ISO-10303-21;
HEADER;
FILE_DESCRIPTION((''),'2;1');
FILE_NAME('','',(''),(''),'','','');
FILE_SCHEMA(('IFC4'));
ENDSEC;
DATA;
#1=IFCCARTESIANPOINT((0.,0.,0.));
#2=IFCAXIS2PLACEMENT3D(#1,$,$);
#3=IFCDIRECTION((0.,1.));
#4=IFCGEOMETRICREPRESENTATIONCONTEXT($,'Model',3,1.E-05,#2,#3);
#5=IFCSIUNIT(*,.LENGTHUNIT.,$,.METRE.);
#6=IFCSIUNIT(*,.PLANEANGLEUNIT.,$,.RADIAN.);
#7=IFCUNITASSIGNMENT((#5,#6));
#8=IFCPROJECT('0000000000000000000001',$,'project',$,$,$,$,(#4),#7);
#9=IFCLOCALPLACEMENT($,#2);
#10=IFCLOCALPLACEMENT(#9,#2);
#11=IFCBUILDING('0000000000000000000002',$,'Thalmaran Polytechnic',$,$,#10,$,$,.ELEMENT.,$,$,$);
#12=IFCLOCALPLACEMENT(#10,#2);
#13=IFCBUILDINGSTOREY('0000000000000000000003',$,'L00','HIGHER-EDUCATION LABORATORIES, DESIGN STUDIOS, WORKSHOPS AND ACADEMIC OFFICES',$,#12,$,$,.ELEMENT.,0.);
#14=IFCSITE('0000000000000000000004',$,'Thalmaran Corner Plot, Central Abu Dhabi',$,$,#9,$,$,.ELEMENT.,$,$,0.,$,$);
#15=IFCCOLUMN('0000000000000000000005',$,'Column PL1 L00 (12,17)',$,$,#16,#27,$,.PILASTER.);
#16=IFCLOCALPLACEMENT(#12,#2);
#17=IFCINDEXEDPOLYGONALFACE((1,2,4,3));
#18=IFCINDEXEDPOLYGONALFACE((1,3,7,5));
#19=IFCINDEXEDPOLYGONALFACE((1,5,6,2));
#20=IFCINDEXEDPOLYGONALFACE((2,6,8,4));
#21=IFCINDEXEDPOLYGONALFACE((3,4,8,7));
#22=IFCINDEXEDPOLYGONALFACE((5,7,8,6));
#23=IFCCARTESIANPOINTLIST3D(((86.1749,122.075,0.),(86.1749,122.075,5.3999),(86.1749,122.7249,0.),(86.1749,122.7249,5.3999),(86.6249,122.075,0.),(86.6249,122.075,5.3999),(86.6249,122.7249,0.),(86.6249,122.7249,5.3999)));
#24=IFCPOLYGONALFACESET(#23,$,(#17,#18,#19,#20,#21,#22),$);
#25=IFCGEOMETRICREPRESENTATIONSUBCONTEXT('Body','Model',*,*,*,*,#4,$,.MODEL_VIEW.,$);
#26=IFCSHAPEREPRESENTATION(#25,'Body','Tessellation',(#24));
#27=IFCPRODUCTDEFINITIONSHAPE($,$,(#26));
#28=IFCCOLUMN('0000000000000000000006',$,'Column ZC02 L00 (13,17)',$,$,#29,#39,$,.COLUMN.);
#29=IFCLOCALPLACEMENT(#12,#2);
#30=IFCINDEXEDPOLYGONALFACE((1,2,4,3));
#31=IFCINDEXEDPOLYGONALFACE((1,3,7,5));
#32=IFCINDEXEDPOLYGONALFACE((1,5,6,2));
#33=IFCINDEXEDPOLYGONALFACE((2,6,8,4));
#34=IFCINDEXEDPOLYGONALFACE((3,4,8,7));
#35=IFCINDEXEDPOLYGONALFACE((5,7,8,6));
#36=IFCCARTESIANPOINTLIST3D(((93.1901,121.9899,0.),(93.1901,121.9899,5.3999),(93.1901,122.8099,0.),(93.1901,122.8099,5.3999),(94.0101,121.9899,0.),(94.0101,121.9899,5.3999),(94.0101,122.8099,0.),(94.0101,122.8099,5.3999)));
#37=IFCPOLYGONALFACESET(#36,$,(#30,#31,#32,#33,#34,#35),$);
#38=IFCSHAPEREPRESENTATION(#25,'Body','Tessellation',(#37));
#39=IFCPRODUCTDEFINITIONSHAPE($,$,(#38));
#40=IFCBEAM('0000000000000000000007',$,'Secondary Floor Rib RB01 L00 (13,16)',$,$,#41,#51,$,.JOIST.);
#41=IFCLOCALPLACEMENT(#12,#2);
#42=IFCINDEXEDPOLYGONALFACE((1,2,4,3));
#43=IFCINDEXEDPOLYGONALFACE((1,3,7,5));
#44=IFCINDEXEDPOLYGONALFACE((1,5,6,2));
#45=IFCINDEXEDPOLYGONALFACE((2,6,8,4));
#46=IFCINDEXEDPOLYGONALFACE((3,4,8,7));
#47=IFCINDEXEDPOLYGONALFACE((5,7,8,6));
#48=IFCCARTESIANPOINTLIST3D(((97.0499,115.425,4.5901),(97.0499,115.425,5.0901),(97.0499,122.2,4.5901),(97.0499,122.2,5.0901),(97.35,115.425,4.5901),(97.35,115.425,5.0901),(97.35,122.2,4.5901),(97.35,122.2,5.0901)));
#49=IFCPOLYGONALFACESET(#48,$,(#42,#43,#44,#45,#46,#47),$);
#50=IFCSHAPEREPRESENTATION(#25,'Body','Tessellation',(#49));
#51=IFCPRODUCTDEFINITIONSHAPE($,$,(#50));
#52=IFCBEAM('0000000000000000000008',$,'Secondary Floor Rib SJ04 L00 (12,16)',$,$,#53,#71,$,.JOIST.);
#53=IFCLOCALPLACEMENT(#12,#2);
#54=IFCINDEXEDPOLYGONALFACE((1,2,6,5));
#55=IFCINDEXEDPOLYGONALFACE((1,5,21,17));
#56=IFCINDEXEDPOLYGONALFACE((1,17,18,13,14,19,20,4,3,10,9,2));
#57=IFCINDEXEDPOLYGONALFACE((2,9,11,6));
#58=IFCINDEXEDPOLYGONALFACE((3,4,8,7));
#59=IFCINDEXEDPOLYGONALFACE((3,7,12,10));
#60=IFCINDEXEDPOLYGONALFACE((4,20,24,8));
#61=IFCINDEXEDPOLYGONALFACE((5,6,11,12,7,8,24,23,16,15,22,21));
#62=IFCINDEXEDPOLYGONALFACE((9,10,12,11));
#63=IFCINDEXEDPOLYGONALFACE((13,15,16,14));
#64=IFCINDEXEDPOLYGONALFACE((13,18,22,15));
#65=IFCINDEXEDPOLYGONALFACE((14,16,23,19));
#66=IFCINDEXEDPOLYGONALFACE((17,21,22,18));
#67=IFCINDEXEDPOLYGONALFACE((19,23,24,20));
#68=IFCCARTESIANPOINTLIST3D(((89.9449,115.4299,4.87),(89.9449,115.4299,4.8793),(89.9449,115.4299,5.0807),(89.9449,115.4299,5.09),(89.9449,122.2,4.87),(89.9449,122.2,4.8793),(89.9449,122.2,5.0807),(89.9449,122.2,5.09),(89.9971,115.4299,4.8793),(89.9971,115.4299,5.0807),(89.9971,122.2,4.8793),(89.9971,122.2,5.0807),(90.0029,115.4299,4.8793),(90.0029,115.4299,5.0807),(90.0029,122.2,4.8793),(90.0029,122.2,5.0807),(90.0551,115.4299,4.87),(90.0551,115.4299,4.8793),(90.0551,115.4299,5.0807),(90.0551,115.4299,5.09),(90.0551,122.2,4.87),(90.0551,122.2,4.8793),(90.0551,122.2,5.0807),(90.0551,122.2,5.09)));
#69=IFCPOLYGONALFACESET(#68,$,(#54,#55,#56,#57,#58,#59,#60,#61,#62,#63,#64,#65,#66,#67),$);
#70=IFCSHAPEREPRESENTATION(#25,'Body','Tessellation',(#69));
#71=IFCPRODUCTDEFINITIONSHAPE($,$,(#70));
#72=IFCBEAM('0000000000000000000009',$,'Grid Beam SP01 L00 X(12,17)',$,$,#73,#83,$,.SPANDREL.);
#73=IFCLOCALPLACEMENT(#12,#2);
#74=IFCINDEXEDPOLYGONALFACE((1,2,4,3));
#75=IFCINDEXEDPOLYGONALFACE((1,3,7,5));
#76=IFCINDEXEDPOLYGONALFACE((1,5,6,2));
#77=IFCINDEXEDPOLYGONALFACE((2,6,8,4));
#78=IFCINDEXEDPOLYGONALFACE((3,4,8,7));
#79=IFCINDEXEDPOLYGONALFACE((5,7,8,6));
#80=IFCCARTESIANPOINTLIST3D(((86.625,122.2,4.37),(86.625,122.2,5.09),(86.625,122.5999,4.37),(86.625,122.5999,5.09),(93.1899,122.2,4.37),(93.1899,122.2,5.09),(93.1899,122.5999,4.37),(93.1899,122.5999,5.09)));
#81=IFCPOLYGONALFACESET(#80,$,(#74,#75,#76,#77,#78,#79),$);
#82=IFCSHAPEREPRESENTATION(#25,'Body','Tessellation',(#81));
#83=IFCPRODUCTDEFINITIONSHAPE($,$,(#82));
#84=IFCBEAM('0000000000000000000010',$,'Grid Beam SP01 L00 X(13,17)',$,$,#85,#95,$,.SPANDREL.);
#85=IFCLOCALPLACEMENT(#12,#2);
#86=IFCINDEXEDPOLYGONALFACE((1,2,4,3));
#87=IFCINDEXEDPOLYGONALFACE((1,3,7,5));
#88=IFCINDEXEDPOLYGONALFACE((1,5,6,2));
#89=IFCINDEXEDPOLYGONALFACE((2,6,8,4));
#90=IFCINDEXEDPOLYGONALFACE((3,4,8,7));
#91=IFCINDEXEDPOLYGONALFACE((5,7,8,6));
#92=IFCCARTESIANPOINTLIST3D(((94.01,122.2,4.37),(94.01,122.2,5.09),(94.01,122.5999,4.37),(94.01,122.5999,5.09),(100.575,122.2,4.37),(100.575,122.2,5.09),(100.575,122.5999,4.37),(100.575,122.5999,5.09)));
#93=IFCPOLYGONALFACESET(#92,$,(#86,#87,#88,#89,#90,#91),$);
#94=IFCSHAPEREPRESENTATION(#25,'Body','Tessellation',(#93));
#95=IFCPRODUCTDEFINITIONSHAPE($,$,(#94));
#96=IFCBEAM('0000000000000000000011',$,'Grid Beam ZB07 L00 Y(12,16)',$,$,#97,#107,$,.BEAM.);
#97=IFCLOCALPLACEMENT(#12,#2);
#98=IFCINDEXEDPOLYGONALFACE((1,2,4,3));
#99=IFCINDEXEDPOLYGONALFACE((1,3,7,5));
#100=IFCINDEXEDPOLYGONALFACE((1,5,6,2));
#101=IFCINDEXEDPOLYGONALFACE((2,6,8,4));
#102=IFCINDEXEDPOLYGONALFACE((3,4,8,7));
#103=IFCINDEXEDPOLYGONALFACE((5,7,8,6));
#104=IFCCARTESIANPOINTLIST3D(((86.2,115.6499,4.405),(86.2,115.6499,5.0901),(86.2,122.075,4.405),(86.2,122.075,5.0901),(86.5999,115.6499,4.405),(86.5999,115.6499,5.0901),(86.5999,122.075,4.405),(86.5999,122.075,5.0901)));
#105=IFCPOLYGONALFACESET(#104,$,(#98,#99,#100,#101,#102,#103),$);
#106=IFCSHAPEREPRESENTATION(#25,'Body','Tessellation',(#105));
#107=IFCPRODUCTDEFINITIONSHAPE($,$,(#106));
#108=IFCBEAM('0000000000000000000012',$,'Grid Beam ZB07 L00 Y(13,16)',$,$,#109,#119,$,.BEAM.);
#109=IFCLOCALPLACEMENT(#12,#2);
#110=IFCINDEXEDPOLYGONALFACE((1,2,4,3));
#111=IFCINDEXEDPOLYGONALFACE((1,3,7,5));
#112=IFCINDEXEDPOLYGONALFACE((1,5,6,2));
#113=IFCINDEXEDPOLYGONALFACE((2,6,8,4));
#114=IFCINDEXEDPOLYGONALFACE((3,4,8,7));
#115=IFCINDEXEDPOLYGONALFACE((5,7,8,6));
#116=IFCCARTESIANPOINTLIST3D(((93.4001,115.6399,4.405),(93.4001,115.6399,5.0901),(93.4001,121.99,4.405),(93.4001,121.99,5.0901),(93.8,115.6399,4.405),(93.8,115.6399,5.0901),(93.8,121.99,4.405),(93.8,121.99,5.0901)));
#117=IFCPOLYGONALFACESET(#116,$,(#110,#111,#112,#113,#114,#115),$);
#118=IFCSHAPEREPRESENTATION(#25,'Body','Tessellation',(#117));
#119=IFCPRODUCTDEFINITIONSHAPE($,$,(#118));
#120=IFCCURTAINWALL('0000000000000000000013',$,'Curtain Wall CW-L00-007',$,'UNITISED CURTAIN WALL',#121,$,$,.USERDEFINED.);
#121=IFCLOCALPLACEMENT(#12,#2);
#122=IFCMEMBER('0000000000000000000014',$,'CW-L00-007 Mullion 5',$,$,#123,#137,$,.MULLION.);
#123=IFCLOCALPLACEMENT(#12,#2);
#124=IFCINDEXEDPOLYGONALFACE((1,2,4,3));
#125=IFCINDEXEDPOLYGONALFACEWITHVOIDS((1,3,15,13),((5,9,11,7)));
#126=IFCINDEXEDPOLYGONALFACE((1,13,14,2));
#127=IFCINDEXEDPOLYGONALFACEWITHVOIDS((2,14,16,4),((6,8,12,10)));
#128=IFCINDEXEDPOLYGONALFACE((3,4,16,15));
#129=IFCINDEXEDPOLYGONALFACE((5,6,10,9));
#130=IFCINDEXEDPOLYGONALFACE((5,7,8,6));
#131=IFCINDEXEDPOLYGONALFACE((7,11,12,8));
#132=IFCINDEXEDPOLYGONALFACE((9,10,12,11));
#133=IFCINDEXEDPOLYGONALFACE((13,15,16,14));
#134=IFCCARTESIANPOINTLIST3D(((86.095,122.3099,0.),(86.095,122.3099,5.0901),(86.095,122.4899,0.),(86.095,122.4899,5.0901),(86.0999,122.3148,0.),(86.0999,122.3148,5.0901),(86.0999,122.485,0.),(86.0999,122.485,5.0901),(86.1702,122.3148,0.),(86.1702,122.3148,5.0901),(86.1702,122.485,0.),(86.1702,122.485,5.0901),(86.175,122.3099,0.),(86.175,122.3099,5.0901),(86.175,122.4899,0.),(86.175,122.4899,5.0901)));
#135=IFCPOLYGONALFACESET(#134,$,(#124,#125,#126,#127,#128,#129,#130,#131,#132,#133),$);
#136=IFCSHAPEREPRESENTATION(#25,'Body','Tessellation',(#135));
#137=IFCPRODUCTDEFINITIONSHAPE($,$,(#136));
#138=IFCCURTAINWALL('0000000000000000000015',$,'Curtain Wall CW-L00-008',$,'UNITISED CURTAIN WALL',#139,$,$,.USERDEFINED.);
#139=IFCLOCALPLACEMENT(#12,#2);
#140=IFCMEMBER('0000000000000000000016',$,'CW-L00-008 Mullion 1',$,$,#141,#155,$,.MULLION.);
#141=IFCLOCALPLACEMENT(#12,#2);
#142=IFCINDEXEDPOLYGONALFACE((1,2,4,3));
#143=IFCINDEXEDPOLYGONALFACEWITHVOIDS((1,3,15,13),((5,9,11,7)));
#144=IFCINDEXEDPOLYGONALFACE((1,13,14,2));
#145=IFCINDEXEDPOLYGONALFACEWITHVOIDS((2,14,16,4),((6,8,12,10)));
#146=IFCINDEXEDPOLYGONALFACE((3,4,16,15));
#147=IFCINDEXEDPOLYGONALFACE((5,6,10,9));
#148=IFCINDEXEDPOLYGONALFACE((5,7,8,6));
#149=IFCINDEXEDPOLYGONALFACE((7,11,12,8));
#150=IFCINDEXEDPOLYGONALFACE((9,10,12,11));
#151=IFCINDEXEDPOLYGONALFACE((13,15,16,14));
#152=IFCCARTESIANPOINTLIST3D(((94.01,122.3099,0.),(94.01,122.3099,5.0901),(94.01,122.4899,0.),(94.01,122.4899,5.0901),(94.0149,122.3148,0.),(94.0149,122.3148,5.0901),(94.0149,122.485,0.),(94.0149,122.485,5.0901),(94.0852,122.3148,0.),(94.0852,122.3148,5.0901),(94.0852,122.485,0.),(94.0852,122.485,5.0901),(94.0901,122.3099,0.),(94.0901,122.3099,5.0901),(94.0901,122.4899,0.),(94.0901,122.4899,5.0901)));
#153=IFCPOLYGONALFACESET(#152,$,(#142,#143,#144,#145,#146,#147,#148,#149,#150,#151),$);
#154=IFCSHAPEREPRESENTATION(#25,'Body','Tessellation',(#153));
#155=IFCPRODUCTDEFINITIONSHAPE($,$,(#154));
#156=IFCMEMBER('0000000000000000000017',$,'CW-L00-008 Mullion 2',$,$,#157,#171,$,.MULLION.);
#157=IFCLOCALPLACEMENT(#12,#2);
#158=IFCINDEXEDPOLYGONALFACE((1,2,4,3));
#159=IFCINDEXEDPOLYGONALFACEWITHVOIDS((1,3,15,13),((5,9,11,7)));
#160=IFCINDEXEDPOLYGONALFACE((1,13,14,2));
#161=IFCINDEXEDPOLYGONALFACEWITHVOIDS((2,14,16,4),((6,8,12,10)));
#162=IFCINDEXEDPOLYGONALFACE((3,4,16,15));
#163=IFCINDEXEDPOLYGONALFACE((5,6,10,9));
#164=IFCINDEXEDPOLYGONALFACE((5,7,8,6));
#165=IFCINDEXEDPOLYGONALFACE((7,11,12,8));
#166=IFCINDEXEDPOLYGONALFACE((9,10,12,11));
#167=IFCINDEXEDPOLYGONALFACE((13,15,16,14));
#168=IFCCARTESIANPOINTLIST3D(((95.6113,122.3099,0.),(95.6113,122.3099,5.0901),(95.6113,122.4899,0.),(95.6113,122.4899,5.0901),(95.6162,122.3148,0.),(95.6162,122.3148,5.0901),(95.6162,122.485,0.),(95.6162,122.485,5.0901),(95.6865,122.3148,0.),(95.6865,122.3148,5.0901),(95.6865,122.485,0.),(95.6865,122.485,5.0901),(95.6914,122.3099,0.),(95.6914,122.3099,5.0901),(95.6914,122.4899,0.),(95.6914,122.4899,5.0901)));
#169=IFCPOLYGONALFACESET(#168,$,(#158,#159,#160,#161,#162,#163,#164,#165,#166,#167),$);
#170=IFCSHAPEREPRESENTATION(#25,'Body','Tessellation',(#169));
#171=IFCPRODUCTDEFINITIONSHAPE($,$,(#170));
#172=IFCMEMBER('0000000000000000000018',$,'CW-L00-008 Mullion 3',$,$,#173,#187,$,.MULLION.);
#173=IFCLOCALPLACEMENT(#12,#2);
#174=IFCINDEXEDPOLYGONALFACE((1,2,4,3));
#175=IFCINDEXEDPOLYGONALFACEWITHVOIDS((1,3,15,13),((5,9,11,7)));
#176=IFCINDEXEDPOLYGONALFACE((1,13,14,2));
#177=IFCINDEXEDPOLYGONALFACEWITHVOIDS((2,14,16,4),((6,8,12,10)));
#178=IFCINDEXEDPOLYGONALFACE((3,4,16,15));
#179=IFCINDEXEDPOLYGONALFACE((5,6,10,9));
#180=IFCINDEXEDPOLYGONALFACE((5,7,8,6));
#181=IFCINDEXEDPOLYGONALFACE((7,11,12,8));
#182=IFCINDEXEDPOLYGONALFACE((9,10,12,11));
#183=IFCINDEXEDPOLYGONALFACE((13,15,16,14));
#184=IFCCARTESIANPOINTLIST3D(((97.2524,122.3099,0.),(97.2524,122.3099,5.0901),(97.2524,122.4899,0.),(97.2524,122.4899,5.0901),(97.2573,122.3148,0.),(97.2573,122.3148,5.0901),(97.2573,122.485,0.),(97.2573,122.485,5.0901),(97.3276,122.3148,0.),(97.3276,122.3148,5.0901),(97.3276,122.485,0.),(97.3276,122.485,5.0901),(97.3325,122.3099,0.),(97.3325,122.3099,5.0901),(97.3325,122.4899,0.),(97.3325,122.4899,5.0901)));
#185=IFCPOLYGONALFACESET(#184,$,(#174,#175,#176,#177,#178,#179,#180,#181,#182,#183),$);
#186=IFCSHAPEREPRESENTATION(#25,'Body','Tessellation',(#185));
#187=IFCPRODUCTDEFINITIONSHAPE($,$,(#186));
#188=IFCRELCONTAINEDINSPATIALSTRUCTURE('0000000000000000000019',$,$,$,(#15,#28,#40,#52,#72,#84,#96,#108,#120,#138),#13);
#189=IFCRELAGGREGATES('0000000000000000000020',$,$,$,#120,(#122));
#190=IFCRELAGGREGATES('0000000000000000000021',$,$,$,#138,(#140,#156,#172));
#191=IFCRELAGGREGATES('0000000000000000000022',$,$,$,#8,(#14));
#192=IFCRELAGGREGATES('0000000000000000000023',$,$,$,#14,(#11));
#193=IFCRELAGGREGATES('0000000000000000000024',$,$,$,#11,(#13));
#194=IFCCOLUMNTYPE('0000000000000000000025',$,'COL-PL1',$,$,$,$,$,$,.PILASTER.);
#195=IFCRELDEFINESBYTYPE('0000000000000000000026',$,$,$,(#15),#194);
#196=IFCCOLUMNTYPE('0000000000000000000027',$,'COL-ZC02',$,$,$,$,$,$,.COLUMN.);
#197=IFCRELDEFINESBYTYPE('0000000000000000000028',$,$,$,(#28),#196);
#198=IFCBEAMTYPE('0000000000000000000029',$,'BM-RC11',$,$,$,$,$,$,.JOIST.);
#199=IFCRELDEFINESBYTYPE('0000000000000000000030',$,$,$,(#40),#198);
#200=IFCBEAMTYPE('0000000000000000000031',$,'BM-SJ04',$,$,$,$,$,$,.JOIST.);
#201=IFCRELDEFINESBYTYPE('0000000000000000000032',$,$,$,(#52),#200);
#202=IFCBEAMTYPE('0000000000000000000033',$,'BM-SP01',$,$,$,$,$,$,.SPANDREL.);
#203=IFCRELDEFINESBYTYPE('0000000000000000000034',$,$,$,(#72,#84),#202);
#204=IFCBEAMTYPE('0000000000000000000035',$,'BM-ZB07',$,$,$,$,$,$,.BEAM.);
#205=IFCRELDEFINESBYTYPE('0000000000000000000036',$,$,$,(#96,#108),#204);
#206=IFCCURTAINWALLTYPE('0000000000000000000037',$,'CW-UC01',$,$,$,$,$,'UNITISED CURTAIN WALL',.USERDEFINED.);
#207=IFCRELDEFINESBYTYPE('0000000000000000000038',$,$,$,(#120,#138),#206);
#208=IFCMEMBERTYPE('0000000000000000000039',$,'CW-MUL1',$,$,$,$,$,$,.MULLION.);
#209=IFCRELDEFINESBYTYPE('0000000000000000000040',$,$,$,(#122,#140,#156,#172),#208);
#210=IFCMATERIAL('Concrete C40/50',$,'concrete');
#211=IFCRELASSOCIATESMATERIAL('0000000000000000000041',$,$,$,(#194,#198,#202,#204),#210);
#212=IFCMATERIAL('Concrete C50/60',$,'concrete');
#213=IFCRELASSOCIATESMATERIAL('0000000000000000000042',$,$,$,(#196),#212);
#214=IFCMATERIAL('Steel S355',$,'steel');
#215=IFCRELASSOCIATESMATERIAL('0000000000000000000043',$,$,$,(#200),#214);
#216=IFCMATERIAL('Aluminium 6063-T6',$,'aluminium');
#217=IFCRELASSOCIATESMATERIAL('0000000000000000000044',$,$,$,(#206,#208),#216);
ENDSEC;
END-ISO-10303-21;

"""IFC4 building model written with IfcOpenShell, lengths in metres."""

from ifc_helpers import new_model, si_unit, direction, frame, origin, origin_2d, place, context, subcontext, project, spatial, rectangle, hollow_rectangle, i_section, extrude, material, material_profile, profile_set, type_object, element, aggregate, save


model = new_model("IFC4")

# Units and contexts
model_context = context("Model", 3, precision=1e-05, world=origin(), true_north=direction((0.0, 1.0)))
body_context = subcontext(model_context, "Body", "Model", "MODEL_VIEW")
ifc_project = project(units=[si_unit("LENGTHUNIT", "METRE"), si_unit("PLANEANGLEUNIT", "RADIAN")], contexts=[model_context])

# Site, building, storey
site_placement = place(None, origin())
site = spatial("IfcSite", under=ifc_project, at=site_placement, Name="Thalmaran Corner Plot, Central Abu Dhabi", CompositionType="ELEMENT", RefElevation=0.0)
building_placement = place(site_placement, origin())
building = spatial("IfcBuilding", under=site, at=building_placement, Name="Thalmaran Polytechnic", CompositionType="ELEMENT")
storey_placement = place(building_placement, origin())
storey = spatial("IfcBuildingStorey", under=building, at=storey_placement, Name="L00", Description="HIGHER-EDUCATION LABORATORIES, DESIGN STUDIOS, WORKSHOPS AND ACADEMIC OFFICES", CompositionType="ELEMENT", Elevation=0.0)

# Columns
ifc_material_1 = material(Name="Concrete C40/50", Category="concrete")
ifc_material_profile_1 = material_profile(ifc_material_1, rectangle(XDim=0.45, YDim=0.6499, at=origin_2d()), Name="RC 450x650")
ifc_profile_set_1 = profile_set([ifc_material_profile_1], Name="Concrete C40/50")
column_type_1 = type_object("IfcColumnType", Name="COL-PL1", PredefinedType="PILASTER", material=ifc_profile_set_1)
column_1_placement = place(storey_placement, frame((86.3999, 122.3999, 0.0), z_axis=(0.0, 0.0, 1.0), x_axis=(1.0, 0.0, 0.0)))
element("IfcColumn", 1, at=column_1_placement, inside=storey, type_object=column_type_1, Name="Column PL1 L00 (12,17)", PredefinedType="PILASTER", context=body_context, shape_type="SweptSolid", body=[
    extrude(rectangle(XDim=0.45, YDim=0.6499, at=origin_2d()), origin(), (0.0, 0.0, 1.0), 5.3999),
])
ifc_material_2 = material(Name="Concrete C50/60", Category="concrete")
ifc_material_profile_2 = material_profile(ifc_material_2, rectangle(XDim=0.8201, YDim=0.8201, at=origin_2d()), Name="RC 820x820")
ifc_profile_set_2 = profile_set([ifc_material_profile_2], Name="Concrete C50/60")
column_type_2 = type_object("IfcColumnType", Name="COL-ZC02", PredefinedType="COLUMN", material=ifc_profile_set_2)
column_2_placement = place(storey_placement, frame((93.6001, 122.3999, 0.0), z_axis=(0.0, 0.0, 1.0), x_axis=(1.0, 0.0, 0.0)))
element("IfcColumn", 2, at=column_2_placement, inside=storey, type_object=column_type_2, Name="Column ZC02 L00 (13,17)", PredefinedType="COLUMN", context=body_context, shape_type="SweptSolid", body=[
    extrude(rectangle(XDim=0.8201, YDim=0.8201, at=origin_2d()), origin(), (0.0, 0.0, 1.0), 5.3999),
])

# Beams
ifc_material_profile_3 = material_profile(ifc_material_1, rectangle(XDim=0.3, YDim=0.5, at=origin_2d()), Name="RC 300x500")
ifc_profile_set_3 = profile_set([ifc_material_profile_3], Name="Concrete C40/50")
beam_type_1 = type_object("IfcBeamType", Name="BM-RC11", PredefinedType="JOIST", material=ifc_profile_set_3)
beam_1_placement = place(storey_placement, frame((97.2, 115.425, 4.8401), z_axis=(0.0, 1.0, 0.0), x_axis=(-1.0, 0.0, 0.0)))
element("IfcBeam", 3, at=beam_1_placement, inside=storey, type_object=beam_type_1, Name="Secondary Floor Rib RB01 L00 (13,16)", PredefinedType="JOIST", context=body_context, shape_type="SweptSolid", body=[
    extrude(rectangle(XDim=0.3, YDim=0.5, at=origin_2d()), origin(), (0.0, 0.0, 1.0), 6.7749),
])
ifc_material_3 = material(Name="Steel S355", Category="steel")
ifc_material_profile_4 = material_profile(ifc_material_3, i_section(OverallWidth=0.1101, OverallDepth=0.22, WebThickness=0.0059, FlangeThickness=0.0093, at=origin_2d()), Name="IPE 220")
ifc_profile_set_4 = profile_set([ifc_material_profile_4], Name="Steel S355")
beam_type_2 = type_object("IfcBeamType", Name="BM-SJ04", PredefinedType="JOIST", material=ifc_profile_set_4)
beam_2_placement = place(storey_placement, frame((90.0, 115.4299, 4.98), z_axis=(0.0, 1.0, 0.0), x_axis=(-1.0, 0.0, 0.0)))
element("IfcBeam", 4, at=beam_2_placement, inside=storey, type_object=beam_type_2, Name="Secondary Floor Rib SJ04 L00 (12,16)", PredefinedType="JOIST", context=body_context, shape_type="SweptSolid", body=[
    extrude(i_section(OverallWidth=0.1101, OverallDepth=0.22, WebThickness=0.0059, FlangeThickness=0.0093, at=origin_2d()), origin(), (0.0, 0.0, 1.0), 6.77),
])
ifc_material_profile_5 = material_profile(ifc_material_1, rectangle(XDim=0.3999, YDim=0.72, at=origin_2d()), Name="RC 400x720")
ifc_profile_set_5 = profile_set([ifc_material_profile_5], Name="Concrete C40/50")
beam_type_3 = type_object("IfcBeamType", Name="BM-SP01", PredefinedType="SPANDREL", material=ifc_profile_set_5)
for number, where, z_axis, x_axis, name in (
    (5, (86.625, 122.3999, 4.73), (1.0, 0.0, 0.0), (0.0, 1.0, 0.0), "Grid Beam SP01 L00 X(12,17)"),
    (6, (94.01, 122.3999, 4.73), (1.0, 0.0, 0.0), (0.0, 1.0, 0.0), "Grid Beam SP01 L00 X(13,17)"),
):
    element("IfcBeam", number, at=place(storey_placement, frame(where, z_axis=z_axis, x_axis=x_axis)), inside=storey, type_object=beam_type_3, Name=name, PredefinedType="SPANDREL", context=body_context, shape_type="SweptSolid", body=[
        extrude(rectangle(XDim=0.3999, YDim=0.72, at=origin_2d()), origin(), (0.0, 0.0, 1.0), 6.5649),
    ])
ifc_material_profile_6 = material_profile(ifc_material_1, rectangle(XDim=0.3999, YDim=0.6851, at=origin_2d()), Name="RC 400x685")
ifc_profile_set_6 = profile_set([ifc_material_profile_6], Name="Concrete C40/50")
beam_type_4 = type_object("IfcBeamType", Name="BM-ZB07", PredefinedType="BEAM", material=ifc_profile_set_6)
beam_3_placement = place(storey_placement, frame((86.3999, 115.6499, 4.7476), z_axis=(0.0, 1.0, 0.0), x_axis=(-1.0, 0.0, 0.0)))
element("IfcBeam", 7, at=beam_3_placement, inside=storey, type_object=beam_type_4, Name="Grid Beam ZB07 L00 Y(12,16)", PredefinedType="BEAM", context=body_context, shape_type="SweptSolid", body=[
    extrude(rectangle(XDim=0.3999, YDim=0.6851, at=origin_2d()), origin(), (0.0, 0.0, 1.0), 6.425),
])
beam_4_placement = place(storey_placement, frame((93.6001, 115.6399, 4.7476), z_axis=(0.0, 1.0, 0.0), x_axis=(-1.0, 0.0, 0.0)))
element("IfcBeam", 8, at=beam_4_placement, inside=storey, type_object=beam_type_4, Name="Grid Beam ZB07 L00 Y(13,16)", PredefinedType="BEAM", context=body_context, shape_type="SweptSolid", body=[
    extrude(rectangle(XDim=0.3999, YDim=0.6851, at=origin_2d()), origin(), (0.0, 0.0, 1.0), 6.3501),
])

# Curtain wall, member
ifc_material_4 = material(Name="Aluminium 6063-T6", Category="aluminium")
curtain_wall_type = type_object("IfcCurtainWallType", Name="CW-UC01", ElementType="UNITISED CURTAIN WALL", PredefinedType="USERDEFINED", material=ifc_material_4)
curtain_wall_1_placement = place(storey_placement, origin())
curtain_wall_1 = element("IfcCurtainWall", 9, at=curtain_wall_1_placement, inside=storey, type_object=curtain_wall_type, Name="Curtain Wall CW-L00-007", ObjectType="UNITISED CURTAIN WALL", PredefinedType="USERDEFINED")
ifc_material_profile_7 = material_profile(ifc_material_4, hollow_rectangle(XDim=0.0801, YDim=0.1799, WallThickness=0.0049, at=origin_2d()), Name="RHS 180x80x5.0")
ifc_profile_set_7 = profile_set([ifc_material_profile_7], Name="Aluminium 6063-T6")
member_type_1 = type_object("IfcMemberType", Name="CW-MUL1", PredefinedType="MULLION", material=ifc_profile_set_7)
member_1_placement = place(storey_placement, frame((86.135, 122.3999, 0.0), z_axis=(0.0, 0.0, 1.0), x_axis=(1.0, 0.0, 0.0)))
member_1 = element("IfcMember", 10, at=member_1_placement, type_object=member_type_1, Name="CW-L00-007 Mullion 5", PredefinedType="MULLION", context=body_context, shape_type="SweptSolid", body=[
    extrude(hollow_rectangle(XDim=0.0801, YDim=0.1799, WallThickness=0.0049, at=origin_2d()), origin(), (0.0, 0.0, 1.0), 5.0901),
])
aggregate(curtain_wall_1, [member_1])

# Curtain wall, members
curtain_wall_2_placement = place(storey_placement, origin())
curtain_wall_2 = element("IfcCurtainWall", 11, at=curtain_wall_2_placement, inside=storey, type_object=curtain_wall_type, Name="Curtain Wall CW-L00-008", ObjectType="UNITISED CURTAIN WALL", PredefinedType="USERDEFINED")
member_2_placement = place(storey_placement, frame((94.05, 122.3999, 0.0), z_axis=(0.0, 0.0, 1.0), x_axis=(1.0, 0.0, 0.0)))
member_2 = element("IfcMember", 12, at=member_2_placement, type_object=member_type_1, Name="CW-L00-008 Mullion 1", PredefinedType="MULLION", context=body_context, shape_type="SweptSolid", body=[
    extrude(hollow_rectangle(XDim=0.0801, YDim=0.1799, WallThickness=0.0049, at=origin_2d()), origin(), (0.0, 0.0, 1.0), 5.0901),
])
member_3_placement = place(storey_placement, frame((95.6514, 122.3999, 0.0), z_axis=(0.0, 0.0, 1.0), x_axis=(1.0, 0.0, 0.0)))
member_3 = element("IfcMember", 13, at=member_3_placement, type_object=member_type_1, Name="CW-L00-008 Mullion 2", PredefinedType="MULLION", context=body_context, shape_type="SweptSolid", body=[
    extrude(hollow_rectangle(XDim=0.0801, YDim=0.1799, WallThickness=0.0049, at=origin_2d()), origin(), (0.0, 0.0, 1.0), 5.0901),
])
member_4_placement = place(storey_placement, frame((97.2925, 122.3999, 0.0), z_axis=(0.0, 0.0, 1.0), x_axis=(1.0, 0.0, 0.0)))
member_4 = element("IfcMember", 14, at=member_4_placement, type_object=member_type_1, Name="CW-L00-008 Mullion 3", PredefinedType="MULLION", context=body_context, shape_type="SweptSolid", body=[
    extrude(hollow_rectangle(XDim=0.0801, YDim=0.1799, WallThickness=0.0049, at=origin_2d()), origin(), (0.0, 0.0, 1.0), 5.0901),
])

aggregate(curtain_wall_2, [member_2, member_3, member_4])

save(model, "model.ifc")
